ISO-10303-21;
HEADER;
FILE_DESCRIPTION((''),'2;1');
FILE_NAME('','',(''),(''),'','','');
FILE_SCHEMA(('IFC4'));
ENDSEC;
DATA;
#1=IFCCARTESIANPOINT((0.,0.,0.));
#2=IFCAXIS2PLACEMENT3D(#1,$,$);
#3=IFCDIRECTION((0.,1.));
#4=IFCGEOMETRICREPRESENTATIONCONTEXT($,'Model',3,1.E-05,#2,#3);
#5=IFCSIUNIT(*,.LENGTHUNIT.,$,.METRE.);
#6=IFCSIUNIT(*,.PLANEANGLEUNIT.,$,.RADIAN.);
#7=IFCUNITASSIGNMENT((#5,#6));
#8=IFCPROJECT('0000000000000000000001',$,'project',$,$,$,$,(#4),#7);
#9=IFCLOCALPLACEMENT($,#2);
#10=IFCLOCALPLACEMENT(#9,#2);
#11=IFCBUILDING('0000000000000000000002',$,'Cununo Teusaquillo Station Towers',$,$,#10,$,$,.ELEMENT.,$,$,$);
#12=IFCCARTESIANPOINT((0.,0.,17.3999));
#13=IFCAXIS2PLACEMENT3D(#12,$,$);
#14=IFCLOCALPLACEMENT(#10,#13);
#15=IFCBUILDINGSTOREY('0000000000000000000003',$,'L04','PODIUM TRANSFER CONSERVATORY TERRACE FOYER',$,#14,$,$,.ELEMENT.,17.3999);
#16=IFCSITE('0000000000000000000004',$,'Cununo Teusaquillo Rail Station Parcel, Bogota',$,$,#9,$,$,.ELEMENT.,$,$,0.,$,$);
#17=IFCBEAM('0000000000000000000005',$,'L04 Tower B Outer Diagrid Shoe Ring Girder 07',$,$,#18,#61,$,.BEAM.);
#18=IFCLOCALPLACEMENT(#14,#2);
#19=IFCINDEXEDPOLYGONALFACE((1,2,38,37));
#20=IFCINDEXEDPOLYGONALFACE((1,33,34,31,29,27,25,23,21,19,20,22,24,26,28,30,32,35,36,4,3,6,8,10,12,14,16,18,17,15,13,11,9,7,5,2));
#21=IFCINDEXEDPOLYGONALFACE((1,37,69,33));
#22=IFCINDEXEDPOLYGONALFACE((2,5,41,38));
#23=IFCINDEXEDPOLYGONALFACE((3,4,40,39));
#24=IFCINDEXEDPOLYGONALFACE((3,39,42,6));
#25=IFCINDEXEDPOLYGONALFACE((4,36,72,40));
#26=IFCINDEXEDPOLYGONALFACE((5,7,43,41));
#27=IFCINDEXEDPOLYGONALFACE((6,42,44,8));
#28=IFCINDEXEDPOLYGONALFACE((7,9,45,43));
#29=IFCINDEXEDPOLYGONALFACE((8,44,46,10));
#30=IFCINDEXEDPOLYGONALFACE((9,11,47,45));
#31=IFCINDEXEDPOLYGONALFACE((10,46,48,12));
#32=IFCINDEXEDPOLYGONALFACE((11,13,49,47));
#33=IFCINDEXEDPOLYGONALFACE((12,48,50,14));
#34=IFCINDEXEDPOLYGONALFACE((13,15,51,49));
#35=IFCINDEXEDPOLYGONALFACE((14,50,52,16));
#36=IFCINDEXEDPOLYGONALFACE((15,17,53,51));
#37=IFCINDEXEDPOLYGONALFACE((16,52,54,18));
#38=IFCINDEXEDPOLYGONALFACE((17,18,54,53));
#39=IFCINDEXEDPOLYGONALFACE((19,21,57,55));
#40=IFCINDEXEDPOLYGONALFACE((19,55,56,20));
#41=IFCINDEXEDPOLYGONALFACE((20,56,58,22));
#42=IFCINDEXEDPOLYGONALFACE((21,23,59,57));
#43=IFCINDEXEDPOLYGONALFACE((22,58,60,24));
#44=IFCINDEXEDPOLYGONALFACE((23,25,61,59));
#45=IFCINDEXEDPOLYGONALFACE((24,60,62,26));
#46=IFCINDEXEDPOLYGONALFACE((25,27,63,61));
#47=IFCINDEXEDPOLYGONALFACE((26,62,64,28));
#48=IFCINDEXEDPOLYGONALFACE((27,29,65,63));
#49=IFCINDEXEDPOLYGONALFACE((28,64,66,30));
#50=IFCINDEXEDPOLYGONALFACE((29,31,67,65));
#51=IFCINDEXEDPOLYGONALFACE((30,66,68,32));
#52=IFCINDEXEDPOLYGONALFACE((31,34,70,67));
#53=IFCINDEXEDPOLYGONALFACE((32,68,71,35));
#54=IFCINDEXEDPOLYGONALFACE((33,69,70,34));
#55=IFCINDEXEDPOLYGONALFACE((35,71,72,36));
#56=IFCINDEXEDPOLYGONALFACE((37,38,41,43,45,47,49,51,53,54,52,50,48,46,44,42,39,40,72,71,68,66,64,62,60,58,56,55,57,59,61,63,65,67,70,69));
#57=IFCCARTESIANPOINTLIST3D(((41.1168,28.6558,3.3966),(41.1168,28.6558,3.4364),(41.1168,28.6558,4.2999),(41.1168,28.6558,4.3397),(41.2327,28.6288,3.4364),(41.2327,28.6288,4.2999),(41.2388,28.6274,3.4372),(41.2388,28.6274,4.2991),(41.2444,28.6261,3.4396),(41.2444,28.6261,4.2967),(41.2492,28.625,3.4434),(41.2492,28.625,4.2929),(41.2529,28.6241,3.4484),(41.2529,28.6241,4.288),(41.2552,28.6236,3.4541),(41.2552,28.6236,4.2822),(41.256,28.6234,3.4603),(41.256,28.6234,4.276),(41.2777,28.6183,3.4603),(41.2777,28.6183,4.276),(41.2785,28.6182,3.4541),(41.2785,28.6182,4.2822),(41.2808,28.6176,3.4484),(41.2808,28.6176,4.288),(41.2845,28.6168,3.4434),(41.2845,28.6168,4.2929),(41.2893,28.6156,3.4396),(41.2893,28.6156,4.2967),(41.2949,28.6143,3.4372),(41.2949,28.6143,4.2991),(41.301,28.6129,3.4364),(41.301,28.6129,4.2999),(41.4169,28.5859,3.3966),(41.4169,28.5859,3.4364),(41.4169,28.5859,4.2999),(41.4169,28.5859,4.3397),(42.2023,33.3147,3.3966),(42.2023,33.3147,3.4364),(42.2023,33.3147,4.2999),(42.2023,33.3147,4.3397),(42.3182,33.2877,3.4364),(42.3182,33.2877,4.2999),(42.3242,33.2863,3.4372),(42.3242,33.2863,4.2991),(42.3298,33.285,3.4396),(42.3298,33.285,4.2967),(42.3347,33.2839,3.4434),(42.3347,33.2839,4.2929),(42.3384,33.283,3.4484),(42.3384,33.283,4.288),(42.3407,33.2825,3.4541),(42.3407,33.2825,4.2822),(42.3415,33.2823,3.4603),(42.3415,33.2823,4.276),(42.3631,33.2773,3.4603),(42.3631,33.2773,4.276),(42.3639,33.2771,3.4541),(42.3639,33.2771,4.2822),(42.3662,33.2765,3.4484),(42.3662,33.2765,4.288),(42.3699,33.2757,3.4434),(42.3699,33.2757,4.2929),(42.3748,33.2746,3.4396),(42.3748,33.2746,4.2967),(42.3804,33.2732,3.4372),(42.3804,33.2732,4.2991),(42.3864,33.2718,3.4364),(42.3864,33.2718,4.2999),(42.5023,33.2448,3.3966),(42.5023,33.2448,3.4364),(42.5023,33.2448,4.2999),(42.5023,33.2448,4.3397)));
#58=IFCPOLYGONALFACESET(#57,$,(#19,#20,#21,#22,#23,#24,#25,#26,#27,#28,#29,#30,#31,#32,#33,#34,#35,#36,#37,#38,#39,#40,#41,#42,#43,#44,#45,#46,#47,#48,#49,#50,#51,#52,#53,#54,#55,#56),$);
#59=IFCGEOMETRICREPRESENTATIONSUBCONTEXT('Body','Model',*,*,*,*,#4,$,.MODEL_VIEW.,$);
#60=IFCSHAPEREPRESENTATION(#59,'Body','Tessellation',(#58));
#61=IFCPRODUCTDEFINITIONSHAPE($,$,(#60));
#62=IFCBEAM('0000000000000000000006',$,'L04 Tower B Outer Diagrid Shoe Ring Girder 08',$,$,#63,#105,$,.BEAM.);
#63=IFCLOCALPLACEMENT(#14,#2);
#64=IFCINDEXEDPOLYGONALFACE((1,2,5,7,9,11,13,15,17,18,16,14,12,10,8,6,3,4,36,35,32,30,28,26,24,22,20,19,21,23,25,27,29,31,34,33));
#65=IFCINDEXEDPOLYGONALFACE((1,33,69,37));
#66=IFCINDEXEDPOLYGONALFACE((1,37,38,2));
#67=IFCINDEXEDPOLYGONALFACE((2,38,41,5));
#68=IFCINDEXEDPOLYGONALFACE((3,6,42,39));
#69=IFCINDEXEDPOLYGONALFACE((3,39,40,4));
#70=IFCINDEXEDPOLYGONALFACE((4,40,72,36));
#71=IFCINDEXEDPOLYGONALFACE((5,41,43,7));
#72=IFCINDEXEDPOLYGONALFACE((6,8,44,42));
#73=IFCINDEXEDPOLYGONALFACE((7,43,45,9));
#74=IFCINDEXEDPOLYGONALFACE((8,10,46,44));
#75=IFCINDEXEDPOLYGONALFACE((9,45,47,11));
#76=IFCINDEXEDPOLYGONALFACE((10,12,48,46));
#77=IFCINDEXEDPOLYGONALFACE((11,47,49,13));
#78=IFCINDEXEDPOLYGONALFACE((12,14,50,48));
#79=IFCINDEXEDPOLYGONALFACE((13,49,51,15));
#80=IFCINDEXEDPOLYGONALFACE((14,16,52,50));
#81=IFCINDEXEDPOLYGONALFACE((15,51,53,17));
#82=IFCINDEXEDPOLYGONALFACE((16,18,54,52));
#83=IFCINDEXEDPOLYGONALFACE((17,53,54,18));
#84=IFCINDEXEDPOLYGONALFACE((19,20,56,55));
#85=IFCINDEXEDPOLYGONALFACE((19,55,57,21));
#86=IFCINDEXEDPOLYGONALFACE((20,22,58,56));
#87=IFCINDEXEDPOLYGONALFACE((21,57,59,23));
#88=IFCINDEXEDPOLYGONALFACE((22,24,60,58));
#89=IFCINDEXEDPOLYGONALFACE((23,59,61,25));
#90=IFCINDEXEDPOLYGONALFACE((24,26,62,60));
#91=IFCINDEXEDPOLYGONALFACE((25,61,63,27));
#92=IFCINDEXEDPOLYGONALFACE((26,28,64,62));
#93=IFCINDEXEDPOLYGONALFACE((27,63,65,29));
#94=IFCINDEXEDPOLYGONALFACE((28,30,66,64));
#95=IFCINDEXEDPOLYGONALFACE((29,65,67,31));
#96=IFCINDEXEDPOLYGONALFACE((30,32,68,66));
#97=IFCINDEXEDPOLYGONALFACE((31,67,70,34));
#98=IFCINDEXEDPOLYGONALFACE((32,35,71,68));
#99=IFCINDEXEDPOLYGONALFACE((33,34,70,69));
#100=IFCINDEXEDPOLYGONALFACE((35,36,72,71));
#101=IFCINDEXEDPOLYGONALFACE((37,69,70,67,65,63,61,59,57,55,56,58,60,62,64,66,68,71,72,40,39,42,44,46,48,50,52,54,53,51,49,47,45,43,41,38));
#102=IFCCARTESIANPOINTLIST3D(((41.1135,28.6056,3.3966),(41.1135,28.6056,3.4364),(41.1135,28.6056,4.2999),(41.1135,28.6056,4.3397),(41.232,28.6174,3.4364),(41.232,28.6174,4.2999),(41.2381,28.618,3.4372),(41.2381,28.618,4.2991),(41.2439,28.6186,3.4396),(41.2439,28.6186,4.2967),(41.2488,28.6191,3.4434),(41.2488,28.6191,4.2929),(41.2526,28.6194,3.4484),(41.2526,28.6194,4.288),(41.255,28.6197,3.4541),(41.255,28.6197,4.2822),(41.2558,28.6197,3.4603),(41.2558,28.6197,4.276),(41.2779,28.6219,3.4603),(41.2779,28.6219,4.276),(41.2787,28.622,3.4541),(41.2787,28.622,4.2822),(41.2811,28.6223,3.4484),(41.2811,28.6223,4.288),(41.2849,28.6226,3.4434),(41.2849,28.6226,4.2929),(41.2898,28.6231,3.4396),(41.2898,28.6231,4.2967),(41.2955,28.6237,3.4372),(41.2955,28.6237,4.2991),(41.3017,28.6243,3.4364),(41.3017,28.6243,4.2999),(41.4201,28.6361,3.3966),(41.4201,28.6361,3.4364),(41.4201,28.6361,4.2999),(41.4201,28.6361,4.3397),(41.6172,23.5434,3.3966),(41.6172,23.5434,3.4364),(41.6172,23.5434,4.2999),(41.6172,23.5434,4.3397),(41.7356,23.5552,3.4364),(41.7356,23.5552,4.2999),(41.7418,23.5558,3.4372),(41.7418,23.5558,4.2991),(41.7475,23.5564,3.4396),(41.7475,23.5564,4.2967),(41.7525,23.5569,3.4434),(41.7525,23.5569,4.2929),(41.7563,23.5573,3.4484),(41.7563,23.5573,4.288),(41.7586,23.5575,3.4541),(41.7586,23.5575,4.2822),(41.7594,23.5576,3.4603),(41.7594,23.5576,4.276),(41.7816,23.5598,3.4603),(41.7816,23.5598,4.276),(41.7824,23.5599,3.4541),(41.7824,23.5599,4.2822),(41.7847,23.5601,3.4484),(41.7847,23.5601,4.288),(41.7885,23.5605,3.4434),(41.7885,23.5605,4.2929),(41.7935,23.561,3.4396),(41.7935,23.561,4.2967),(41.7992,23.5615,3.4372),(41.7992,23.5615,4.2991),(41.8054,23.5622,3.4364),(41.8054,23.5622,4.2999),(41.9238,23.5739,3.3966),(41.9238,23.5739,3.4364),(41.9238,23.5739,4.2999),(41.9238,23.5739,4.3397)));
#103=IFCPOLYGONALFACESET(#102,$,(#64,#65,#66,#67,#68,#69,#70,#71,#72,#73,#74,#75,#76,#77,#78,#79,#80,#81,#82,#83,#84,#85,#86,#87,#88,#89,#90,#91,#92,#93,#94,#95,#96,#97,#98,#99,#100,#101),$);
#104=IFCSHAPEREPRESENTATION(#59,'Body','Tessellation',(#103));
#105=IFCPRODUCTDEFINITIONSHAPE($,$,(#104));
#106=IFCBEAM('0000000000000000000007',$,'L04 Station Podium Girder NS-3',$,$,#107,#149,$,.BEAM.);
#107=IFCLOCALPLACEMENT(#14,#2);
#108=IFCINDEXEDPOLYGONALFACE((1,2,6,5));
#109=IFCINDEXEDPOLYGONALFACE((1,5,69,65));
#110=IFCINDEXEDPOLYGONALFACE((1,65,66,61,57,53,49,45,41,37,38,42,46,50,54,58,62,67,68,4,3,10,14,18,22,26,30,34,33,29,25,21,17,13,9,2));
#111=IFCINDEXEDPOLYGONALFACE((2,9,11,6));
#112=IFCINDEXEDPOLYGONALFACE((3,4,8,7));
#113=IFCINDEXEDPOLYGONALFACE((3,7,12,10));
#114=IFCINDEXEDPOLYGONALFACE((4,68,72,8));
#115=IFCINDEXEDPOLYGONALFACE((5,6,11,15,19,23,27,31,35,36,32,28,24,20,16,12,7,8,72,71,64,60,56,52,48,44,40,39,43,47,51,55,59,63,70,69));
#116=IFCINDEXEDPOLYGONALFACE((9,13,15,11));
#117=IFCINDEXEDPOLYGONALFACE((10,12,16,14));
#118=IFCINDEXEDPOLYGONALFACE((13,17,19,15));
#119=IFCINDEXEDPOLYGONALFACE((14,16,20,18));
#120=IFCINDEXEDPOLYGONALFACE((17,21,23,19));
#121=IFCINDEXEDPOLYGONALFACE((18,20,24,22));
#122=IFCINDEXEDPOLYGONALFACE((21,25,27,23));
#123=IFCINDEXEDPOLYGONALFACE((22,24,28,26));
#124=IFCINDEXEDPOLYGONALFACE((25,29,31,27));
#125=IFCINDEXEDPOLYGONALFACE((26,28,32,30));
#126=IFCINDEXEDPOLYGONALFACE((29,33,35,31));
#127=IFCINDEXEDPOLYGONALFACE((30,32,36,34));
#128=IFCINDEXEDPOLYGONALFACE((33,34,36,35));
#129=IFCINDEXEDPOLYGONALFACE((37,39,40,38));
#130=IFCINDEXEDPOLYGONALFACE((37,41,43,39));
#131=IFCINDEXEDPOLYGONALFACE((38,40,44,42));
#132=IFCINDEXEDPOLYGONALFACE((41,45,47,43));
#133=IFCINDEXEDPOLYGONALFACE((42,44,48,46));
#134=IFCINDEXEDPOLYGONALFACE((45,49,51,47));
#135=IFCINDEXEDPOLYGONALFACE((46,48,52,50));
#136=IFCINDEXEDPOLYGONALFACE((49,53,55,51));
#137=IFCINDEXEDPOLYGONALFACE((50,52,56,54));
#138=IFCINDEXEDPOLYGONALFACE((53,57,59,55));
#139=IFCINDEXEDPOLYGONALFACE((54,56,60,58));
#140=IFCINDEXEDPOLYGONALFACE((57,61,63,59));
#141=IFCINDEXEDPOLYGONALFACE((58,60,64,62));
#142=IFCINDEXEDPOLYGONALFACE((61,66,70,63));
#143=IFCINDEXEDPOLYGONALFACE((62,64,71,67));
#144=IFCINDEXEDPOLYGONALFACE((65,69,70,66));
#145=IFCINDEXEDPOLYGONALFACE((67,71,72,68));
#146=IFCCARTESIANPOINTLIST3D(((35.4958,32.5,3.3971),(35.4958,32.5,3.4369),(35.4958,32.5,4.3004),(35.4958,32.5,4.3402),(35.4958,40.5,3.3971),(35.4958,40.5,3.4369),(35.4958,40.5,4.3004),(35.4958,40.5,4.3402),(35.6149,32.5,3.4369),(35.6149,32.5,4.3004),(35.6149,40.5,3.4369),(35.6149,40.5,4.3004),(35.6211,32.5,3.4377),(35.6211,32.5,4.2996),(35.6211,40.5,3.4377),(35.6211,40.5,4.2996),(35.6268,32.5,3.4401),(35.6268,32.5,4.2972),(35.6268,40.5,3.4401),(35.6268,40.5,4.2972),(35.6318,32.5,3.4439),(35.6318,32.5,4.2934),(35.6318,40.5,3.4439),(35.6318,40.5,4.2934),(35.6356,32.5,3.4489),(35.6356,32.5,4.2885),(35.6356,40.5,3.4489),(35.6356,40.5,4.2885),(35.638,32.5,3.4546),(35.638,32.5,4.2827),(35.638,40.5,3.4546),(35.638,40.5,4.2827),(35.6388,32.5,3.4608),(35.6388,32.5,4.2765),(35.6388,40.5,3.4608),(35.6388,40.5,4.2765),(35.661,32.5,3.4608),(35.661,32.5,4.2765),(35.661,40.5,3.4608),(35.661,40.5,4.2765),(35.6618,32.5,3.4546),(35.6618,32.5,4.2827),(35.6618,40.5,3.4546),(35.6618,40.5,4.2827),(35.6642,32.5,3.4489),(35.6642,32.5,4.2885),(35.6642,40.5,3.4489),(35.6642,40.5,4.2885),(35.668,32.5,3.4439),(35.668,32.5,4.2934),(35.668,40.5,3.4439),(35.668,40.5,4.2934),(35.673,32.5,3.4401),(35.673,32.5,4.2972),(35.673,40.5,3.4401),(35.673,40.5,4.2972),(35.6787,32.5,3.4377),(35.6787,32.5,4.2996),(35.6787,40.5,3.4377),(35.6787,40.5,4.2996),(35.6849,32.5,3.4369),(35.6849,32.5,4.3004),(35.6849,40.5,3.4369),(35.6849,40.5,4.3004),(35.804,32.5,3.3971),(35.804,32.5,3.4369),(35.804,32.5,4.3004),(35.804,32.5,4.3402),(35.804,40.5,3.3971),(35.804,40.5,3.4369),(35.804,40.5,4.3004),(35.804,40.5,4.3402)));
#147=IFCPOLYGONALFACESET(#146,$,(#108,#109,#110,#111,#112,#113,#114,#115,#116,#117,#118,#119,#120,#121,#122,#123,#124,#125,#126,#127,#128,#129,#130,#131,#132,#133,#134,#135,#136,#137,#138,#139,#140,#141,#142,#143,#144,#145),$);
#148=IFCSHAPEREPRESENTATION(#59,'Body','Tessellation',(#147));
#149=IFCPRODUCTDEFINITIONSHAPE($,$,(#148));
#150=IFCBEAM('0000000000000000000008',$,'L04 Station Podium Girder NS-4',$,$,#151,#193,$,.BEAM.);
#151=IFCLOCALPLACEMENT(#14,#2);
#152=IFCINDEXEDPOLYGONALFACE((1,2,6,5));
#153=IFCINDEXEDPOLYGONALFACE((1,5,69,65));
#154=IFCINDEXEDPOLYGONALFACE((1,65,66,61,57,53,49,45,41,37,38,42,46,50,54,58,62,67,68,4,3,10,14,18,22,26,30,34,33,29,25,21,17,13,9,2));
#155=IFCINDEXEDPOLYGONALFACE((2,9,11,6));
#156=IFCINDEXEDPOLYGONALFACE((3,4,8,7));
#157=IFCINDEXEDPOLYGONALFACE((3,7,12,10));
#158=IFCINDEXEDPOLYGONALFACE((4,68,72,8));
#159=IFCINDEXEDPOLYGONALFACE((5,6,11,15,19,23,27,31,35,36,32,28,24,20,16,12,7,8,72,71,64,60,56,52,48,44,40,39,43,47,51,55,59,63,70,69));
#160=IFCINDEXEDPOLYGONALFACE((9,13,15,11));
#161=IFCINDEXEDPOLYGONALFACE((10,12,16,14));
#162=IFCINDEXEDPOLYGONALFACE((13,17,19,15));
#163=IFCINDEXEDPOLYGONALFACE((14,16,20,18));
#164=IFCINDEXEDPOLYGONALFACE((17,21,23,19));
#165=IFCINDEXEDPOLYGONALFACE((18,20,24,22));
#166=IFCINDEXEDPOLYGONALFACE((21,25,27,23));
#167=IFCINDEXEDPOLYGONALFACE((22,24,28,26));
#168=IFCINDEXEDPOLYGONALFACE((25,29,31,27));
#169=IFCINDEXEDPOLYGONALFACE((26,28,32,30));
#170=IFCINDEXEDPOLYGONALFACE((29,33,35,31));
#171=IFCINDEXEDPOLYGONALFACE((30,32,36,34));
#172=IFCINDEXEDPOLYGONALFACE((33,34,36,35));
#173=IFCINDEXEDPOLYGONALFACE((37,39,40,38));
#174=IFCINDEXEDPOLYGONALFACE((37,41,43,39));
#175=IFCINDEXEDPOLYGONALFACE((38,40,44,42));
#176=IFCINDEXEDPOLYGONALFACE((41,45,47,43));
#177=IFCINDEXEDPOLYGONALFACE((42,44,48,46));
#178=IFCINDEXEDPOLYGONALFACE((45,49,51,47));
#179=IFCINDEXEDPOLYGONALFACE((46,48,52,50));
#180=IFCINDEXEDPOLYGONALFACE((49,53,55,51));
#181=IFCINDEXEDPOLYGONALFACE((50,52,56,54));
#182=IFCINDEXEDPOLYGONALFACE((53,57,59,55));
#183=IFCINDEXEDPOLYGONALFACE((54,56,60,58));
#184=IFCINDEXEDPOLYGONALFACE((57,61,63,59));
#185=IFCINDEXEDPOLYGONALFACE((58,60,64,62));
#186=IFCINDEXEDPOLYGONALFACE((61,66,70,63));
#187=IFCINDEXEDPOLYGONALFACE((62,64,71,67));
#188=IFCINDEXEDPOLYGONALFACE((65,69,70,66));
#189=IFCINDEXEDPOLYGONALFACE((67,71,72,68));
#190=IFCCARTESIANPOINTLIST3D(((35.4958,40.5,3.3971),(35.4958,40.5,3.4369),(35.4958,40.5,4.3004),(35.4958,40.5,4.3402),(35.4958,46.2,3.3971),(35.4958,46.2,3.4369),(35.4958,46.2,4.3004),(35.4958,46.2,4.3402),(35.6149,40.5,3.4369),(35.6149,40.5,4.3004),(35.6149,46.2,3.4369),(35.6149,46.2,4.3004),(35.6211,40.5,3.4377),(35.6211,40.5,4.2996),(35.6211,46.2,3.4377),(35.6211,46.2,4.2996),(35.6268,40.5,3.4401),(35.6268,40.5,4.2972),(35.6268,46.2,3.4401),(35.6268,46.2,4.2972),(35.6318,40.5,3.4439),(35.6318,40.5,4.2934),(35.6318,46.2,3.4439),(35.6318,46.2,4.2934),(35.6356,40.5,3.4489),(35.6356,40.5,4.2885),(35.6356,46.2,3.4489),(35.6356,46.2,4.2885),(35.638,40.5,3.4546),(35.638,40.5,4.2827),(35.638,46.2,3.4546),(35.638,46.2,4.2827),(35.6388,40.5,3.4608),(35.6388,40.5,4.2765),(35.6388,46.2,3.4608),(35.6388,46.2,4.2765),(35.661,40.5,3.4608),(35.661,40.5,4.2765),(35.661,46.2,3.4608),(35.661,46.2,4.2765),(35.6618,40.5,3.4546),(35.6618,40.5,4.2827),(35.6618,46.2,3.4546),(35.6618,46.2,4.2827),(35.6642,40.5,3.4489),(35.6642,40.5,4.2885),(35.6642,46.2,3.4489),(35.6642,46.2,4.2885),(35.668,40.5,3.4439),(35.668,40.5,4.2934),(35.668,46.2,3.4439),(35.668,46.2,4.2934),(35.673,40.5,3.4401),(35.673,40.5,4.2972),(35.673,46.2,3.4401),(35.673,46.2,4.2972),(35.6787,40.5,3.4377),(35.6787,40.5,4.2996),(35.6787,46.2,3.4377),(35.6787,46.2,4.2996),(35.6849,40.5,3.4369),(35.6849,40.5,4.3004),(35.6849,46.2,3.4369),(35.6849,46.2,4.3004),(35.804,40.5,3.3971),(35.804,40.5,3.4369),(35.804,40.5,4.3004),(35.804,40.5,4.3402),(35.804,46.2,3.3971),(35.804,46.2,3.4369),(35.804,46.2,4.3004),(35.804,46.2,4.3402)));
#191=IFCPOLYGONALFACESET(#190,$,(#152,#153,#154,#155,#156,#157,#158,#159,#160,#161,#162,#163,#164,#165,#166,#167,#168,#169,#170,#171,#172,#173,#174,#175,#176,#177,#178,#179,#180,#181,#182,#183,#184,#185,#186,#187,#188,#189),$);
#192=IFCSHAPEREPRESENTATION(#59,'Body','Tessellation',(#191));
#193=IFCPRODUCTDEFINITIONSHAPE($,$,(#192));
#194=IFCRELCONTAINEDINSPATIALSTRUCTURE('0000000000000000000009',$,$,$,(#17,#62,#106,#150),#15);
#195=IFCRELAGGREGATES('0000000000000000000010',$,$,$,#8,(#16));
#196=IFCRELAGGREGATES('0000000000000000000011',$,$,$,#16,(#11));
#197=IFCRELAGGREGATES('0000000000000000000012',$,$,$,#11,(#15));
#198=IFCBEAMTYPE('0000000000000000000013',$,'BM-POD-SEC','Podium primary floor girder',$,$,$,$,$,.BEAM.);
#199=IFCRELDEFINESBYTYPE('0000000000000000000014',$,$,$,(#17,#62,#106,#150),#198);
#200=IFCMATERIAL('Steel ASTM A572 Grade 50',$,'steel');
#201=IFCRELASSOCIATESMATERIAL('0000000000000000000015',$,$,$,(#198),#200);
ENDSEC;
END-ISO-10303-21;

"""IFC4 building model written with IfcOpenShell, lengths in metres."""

from ifc_helpers import new_model, si_unit, direction, frame, origin, origin_2d, place, context, subcontext, project, spatial, i_section, extrude, material, material_profile, profile_set, type_object, element, save


model = new_model("IFC4")

# Units and contexts
model_context = context("Model", 3, precision=1e-05, world=origin(), true_north=direction((0.0, 1.0)))
body_context = subcontext(model_context, "Body", "Model", "MODEL_VIEW")
ifc_project = project(units=[si_unit("LENGTHUNIT", "METRE"), si_unit("PLANEANGLEUNIT", "RADIAN")], contexts=[model_context])

# Site, building, storey
site_placement = place(None, origin())
site = spatial("IfcSite", under=ifc_project, at=site_placement, Name="Cununo Teusaquillo Rail Station Parcel, Bogota", CompositionType="ELEMENT", RefElevation=0.0)
building_placement = place(site_placement, origin())
building = spatial("IfcBuilding", under=site, at=building_placement, Name="Cununo Teusaquillo Station Towers", CompositionType="ELEMENT")
storey_placement = place(building_placement, frame((0.0, 0.0, 17.3999)))
storey = spatial("IfcBuildingStorey", under=building, at=storey_placement, Name="L04", Description="PODIUM TRANSFER CONSERVATORY TERRACE FOYER", CompositionType="ELEMENT", Elevation=17.3999)

# Beams
ifc_material_1 = material(Name="Steel ASTM A572 Grade 50", Category="steel")
ifc_material_profile_1 = material_profile(ifc_material_1, i_section(OverallWidth=0.3081, OverallDepth=0.9431, WebThickness=0.0222, FlangeThickness=0.0398, FilletRadius=0.0239, at=origin_2d()), Name="W36X232")
ifc_profile_set_1 = profile_set([ifc_material_profile_1], Name="Steel ASTM A572 Grade 50")
beam_type_1 = type_object("IfcBeamType", Name="BM-POD-SEC", Description="Podium primary floor girder", PredefinedType="BEAM", material=ifc_profile_set_1)
beam_1_placement = place(storey_placement, frame((42.3523, 33.2798, 3.8682), z_axis=(-0.226905, -0.973917, 0.0), x_axis=(0.973917, -0.226905, 0.0)))
element("IfcBeam", 1, at=beam_1_placement, inside=storey, type_object=beam_type_1, Name="L04 Tower B Outer Diagrid Shoe Ring Girder 07", PredefinedType="BEAM", context=body_context, shape_type="SweptSolid", body=[
    extrude(i_section(OverallWidth=0.3081, OverallDepth=0.9431, WebThickness=0.0222, FlangeThickness=0.0398, FilletRadius=0.0239, at=origin_2d()), origin(), (0.0, 0.0, 1.0), 4.7837),
])
beam_2_placement = place(storey_placement, frame((41.2668, 28.6208, 3.8682), z_axis=(0.099005, -0.995087, 0.0), x_axis=(0.995087, 0.099005, 0.0)))
element("IfcBeam", 2, at=beam_2_placement, inside=storey, type_object=beam_type_1, Name="L04 Tower B Outer Diagrid Shoe Ring Girder 08", PredefinedType="BEAM", context=body_context, shape_type="SweptSolid", body=[
    extrude(i_section(OverallWidth=0.3081, OverallDepth=0.9431, WebThickness=0.0222, FlangeThickness=0.0398, FilletRadius=0.0239, at=origin_2d()), origin(), (0.0, 0.0, 1.0), 5.0872),
])
beam_3_placement = place(storey_placement, frame((35.6499, 32.5, 3.8687), z_axis=(0.0, 1.0, 0.0), x_axis=(-1.0, 0.0, 0.0)))
element("IfcBeam", 3, at=beam_3_placement, inside=storey, type_object=beam_type_1, Name="L04 Station Podium Girder NS-3", PredefinedType="BEAM", context=body_context, shape_type="SweptSolid", body=[
    extrude(i_section(OverallWidth=0.3081, OverallDepth=0.9431, WebThickness=0.0222, FlangeThickness=0.0398, FilletRadius=0.0239, at=origin_2d()), origin(), (0.0, 0.0, 1.0), 8.0),
])
beam_4_placement = place(storey_placement, frame((35.6499, 40.5, 3.8687), z_axis=(0.0, 1.0, 0.0), x_axis=(-1.0, 0.0, 0.0)))
element("IfcBeam", 4, at=beam_4_placement, inside=storey, type_object=beam_type_1, Name="L04 Station Podium Girder NS-4", PredefinedType="BEAM", context=body_context, shape_type="SweptSolid", body=[
    extrude(i_section(OverallWidth=0.3081, OverallDepth=0.9431, WebThickness=0.0222, FlangeThickness=0.0398, FilletRadius=0.0239, at=origin_2d()), origin(), (0.0, 0.0, 1.0), 5.7),
])

save(model, "model.ifc")
